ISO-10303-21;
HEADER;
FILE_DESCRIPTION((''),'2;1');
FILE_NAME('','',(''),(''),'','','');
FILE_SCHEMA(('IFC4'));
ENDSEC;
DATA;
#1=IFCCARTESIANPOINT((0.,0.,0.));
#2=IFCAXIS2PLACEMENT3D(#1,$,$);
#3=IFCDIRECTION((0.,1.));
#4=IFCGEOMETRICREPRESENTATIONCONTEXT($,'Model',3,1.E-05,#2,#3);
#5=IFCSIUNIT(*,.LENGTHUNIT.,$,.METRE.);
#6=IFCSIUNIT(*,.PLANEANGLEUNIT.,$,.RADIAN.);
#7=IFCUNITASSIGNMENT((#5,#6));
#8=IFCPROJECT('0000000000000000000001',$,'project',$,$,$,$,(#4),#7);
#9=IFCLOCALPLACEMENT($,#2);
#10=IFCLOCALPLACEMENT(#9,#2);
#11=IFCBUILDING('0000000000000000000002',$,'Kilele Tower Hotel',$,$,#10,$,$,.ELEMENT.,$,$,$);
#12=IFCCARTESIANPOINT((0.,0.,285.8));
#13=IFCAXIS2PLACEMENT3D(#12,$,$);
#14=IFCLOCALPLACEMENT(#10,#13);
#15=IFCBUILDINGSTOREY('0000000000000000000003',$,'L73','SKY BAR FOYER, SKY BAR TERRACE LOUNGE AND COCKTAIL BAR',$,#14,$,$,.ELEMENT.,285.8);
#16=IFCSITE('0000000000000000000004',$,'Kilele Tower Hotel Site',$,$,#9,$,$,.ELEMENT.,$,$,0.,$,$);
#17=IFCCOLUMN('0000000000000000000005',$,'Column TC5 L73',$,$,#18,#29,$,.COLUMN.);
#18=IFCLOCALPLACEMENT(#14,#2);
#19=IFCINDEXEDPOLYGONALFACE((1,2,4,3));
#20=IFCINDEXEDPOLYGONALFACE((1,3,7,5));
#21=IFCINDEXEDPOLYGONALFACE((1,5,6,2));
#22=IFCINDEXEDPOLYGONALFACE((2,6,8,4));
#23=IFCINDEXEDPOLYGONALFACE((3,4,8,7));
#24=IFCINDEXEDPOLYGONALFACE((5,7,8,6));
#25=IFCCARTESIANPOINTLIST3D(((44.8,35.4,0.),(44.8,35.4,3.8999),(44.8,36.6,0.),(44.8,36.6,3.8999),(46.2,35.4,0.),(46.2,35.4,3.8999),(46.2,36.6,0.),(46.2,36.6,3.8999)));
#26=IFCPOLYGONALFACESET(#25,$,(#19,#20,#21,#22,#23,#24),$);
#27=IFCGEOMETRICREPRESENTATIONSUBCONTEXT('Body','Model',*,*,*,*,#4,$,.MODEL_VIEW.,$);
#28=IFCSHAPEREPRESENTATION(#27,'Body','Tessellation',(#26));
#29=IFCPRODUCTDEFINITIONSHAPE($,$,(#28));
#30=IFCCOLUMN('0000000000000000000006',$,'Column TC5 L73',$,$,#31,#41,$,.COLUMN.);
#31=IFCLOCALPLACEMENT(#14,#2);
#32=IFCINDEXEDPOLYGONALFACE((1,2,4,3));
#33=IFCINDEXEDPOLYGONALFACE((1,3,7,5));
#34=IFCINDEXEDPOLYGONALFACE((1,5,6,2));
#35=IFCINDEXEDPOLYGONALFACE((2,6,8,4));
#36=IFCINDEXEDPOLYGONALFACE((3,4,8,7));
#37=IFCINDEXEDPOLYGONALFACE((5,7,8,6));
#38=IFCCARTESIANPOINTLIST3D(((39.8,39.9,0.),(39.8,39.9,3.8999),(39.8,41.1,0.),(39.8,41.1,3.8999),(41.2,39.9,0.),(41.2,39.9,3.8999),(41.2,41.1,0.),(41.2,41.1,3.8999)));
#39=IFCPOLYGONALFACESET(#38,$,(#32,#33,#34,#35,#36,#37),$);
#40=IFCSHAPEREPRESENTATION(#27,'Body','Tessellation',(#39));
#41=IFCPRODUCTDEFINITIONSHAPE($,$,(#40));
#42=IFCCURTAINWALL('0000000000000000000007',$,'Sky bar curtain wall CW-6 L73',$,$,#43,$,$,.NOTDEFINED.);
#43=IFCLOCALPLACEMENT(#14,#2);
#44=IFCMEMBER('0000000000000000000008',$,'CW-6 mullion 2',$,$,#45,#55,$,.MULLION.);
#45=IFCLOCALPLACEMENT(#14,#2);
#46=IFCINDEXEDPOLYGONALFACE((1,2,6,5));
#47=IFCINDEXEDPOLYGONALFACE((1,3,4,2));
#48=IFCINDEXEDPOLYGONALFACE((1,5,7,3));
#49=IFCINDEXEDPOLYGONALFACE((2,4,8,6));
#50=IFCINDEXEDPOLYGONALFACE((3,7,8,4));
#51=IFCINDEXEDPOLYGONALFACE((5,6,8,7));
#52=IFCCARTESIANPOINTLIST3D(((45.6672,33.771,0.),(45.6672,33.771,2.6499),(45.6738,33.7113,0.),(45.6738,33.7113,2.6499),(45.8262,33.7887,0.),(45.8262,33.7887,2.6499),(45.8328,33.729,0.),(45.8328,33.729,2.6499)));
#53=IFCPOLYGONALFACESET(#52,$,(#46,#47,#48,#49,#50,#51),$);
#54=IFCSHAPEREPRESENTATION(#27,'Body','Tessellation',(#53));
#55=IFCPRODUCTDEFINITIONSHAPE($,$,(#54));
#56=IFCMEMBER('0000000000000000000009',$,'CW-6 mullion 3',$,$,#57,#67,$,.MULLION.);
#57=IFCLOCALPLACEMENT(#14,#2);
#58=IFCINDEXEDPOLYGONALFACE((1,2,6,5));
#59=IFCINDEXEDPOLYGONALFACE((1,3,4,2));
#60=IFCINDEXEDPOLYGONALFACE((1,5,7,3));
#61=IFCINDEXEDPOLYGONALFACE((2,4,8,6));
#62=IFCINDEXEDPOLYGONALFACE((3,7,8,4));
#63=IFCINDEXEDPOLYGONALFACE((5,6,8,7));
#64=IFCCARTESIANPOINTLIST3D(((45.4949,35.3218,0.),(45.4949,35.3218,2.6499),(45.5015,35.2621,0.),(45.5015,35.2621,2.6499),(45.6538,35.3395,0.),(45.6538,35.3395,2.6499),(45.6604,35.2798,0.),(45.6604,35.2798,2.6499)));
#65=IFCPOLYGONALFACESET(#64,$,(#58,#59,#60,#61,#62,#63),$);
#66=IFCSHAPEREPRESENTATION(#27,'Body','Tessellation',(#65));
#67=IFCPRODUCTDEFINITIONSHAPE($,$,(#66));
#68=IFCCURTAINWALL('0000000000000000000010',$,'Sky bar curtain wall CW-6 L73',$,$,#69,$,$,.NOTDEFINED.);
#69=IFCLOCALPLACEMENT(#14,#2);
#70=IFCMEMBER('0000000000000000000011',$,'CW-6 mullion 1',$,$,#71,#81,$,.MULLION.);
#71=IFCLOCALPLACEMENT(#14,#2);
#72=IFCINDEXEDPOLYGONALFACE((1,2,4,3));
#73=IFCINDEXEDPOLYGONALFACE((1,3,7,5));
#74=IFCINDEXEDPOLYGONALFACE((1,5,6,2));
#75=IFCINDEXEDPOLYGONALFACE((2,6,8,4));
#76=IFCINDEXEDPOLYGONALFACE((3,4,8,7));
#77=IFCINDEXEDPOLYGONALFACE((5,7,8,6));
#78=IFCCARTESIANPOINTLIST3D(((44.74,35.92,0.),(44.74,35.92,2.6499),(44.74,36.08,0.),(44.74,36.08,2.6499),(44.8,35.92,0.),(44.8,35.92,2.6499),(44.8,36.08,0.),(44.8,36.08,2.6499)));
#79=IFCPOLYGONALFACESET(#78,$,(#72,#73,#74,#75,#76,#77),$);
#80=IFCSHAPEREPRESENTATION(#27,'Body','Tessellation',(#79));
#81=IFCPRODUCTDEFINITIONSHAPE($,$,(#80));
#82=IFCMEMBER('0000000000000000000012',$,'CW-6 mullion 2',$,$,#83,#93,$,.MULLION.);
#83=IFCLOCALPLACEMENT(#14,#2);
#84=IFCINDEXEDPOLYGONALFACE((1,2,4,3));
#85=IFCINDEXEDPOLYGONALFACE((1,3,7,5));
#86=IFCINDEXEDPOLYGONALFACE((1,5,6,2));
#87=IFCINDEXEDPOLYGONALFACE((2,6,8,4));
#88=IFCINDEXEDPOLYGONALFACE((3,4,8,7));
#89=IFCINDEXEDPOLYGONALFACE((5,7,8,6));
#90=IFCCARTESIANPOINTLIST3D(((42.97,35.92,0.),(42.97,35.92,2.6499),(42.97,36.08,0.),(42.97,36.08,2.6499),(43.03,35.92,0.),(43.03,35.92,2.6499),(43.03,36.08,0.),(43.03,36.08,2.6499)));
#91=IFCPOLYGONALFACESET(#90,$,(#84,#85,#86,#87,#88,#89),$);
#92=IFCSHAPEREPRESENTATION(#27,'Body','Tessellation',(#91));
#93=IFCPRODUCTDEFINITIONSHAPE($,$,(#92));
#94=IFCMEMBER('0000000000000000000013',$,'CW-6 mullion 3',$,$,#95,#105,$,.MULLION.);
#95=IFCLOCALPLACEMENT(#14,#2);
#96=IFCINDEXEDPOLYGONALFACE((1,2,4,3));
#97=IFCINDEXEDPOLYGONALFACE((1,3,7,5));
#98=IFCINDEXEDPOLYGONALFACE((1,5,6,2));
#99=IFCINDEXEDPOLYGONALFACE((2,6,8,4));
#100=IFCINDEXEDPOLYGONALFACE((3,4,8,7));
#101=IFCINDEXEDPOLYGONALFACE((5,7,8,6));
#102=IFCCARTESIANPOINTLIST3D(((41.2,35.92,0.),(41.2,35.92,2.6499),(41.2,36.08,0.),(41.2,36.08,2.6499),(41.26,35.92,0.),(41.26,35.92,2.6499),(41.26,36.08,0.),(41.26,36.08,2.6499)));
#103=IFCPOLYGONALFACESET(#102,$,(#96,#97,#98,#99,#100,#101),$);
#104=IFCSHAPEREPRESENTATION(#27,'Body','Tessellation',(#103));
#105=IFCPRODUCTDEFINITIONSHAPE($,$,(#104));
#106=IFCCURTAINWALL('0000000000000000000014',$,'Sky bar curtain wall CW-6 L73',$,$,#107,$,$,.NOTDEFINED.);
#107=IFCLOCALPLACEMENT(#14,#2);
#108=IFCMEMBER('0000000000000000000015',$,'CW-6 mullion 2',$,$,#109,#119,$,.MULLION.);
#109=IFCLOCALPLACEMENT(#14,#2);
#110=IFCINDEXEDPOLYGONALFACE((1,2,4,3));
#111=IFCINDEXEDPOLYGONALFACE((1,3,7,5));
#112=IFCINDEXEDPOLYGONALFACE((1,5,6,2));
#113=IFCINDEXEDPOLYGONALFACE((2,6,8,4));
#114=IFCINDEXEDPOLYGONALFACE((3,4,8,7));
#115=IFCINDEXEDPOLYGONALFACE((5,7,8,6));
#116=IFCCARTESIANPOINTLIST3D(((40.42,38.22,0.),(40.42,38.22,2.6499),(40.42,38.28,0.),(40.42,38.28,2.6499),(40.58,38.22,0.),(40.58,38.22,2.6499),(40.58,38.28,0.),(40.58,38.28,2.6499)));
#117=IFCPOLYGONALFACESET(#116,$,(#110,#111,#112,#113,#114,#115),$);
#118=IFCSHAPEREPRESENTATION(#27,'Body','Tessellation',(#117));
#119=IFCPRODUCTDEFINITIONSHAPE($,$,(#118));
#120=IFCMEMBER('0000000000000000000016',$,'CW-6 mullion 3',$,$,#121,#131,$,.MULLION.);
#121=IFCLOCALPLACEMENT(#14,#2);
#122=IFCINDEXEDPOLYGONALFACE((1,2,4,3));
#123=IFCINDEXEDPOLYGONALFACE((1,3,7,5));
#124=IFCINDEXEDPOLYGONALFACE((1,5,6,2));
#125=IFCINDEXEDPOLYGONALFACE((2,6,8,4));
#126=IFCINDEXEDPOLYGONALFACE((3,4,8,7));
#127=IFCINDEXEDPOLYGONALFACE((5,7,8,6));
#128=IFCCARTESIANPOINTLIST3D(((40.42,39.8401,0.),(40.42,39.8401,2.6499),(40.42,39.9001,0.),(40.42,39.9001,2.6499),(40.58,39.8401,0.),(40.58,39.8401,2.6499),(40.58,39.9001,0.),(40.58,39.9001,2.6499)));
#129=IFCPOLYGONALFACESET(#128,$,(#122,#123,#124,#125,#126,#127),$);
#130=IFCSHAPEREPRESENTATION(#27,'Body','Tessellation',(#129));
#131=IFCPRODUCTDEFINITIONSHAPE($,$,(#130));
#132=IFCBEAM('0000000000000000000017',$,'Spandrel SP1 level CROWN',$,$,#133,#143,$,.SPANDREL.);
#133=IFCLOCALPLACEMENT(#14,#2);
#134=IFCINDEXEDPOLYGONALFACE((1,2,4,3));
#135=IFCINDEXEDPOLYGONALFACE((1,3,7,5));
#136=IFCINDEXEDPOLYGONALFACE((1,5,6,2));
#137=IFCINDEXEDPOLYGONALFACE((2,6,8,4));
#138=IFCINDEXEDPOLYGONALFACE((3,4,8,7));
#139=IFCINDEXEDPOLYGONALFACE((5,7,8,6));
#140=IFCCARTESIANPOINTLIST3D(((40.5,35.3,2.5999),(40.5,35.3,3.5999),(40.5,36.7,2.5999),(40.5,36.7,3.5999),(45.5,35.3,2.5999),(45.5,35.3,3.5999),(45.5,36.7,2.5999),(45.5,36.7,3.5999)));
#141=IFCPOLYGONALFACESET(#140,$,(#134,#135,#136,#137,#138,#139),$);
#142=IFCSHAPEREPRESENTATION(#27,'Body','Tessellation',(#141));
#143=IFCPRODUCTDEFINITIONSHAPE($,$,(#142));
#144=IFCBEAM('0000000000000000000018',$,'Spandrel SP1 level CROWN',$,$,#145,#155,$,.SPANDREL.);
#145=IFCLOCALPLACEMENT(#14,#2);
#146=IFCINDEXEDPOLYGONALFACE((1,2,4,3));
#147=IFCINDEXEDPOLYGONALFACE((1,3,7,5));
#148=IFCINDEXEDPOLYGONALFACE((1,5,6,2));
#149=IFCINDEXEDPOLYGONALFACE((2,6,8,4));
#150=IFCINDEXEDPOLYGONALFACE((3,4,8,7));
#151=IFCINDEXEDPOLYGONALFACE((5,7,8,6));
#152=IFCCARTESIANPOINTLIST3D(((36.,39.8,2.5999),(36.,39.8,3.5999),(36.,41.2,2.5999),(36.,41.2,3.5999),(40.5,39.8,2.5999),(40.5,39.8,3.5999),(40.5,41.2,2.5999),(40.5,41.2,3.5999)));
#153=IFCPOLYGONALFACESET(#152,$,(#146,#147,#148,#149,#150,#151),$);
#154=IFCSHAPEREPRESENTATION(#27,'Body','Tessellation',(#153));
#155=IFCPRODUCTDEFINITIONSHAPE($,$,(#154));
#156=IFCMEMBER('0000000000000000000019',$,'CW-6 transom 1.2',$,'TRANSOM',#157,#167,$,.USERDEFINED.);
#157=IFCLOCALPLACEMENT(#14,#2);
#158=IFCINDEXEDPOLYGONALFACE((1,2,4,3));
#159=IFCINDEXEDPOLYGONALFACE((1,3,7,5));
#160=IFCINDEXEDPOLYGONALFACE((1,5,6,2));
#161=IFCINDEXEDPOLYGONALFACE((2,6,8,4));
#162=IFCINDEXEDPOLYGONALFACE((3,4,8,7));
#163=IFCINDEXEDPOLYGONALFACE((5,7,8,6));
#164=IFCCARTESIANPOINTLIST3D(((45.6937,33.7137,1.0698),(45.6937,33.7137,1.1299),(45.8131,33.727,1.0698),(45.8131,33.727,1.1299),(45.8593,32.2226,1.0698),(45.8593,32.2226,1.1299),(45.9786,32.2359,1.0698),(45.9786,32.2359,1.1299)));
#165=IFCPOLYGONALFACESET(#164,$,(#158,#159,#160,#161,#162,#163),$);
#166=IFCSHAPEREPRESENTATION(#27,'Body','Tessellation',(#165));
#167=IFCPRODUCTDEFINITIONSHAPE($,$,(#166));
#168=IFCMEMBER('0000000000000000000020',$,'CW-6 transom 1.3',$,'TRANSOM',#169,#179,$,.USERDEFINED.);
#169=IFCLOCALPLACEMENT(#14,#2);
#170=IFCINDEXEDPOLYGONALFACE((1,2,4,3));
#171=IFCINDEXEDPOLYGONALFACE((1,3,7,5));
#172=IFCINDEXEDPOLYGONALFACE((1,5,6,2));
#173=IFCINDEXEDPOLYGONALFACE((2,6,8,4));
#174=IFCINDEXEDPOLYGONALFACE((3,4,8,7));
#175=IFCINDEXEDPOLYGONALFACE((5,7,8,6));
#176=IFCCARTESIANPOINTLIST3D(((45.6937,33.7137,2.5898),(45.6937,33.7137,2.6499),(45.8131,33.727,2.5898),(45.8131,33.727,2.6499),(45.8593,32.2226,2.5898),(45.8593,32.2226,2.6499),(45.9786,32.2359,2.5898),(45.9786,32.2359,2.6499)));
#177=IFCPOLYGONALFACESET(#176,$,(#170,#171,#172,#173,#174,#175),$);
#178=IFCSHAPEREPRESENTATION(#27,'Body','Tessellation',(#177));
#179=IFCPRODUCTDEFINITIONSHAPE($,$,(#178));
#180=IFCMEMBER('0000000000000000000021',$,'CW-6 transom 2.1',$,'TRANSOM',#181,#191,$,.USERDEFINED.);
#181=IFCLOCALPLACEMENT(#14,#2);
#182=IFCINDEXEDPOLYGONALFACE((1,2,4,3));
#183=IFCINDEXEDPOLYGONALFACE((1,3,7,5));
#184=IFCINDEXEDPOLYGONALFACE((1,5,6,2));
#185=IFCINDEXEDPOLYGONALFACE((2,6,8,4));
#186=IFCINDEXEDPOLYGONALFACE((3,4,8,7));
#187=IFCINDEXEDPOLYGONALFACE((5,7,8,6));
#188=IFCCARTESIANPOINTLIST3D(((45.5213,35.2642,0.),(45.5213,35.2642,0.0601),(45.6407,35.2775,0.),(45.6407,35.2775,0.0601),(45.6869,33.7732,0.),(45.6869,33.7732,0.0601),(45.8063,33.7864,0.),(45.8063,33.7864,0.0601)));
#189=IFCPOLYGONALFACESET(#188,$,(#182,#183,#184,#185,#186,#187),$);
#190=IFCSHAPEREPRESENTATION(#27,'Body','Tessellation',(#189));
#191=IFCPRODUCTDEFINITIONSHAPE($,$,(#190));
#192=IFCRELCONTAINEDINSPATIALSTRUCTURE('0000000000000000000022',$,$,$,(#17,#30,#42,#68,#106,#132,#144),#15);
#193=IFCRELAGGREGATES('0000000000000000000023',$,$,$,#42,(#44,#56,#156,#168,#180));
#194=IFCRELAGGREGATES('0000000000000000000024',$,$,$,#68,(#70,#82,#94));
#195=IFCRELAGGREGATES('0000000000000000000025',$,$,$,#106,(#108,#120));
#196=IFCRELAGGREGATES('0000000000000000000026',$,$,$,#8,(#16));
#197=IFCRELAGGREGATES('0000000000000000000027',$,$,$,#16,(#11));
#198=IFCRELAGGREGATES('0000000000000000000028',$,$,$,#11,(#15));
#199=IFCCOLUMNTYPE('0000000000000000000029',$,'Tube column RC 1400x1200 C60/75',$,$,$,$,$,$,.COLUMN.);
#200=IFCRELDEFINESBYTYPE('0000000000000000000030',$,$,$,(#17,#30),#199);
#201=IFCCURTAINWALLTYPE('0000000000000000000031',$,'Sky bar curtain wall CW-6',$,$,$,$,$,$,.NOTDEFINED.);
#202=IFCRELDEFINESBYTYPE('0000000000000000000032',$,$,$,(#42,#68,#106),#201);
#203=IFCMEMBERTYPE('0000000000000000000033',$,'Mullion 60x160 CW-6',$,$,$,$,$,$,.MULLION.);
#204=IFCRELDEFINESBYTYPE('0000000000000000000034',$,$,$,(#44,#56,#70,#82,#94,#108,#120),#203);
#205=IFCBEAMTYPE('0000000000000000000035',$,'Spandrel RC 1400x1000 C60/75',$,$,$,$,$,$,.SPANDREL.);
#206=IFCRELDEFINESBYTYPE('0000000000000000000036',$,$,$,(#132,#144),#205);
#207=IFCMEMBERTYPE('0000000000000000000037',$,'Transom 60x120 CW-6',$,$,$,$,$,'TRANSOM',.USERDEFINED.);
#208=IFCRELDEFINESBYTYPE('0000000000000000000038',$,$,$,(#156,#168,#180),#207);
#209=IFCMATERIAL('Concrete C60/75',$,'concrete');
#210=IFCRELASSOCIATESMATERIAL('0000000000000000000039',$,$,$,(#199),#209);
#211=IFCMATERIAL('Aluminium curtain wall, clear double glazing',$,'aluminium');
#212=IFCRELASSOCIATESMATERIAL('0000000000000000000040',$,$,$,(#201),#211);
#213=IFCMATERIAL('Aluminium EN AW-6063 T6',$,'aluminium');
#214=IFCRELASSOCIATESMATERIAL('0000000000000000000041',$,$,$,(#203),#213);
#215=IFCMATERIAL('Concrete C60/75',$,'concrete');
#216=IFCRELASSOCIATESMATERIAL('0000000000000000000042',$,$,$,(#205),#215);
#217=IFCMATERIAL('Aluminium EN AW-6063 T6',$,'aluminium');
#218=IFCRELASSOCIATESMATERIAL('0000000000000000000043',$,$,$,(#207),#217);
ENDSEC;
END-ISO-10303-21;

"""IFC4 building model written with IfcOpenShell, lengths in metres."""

from ifc_helpers import new_model, si_unit, direction, frame, origin, origin_2d, place, context, subcontext, project, spatial, rectangle, extrude, material, material_profile, profile_set, type_object, element, aggregate, save


model = new_model("IFC4")

# Units and contexts
model_context = context("Model", 3, precision=1e-05, world=origin(), true_north=direction((0.0, 1.0)))
body_context = subcontext(model_context, "Body", "Model", "MODEL_VIEW")
ifc_project = project(units=[si_unit("LENGTHUNIT", "METRE"), si_unit("PLANEANGLEUNIT", "RADIAN")], contexts=[model_context])

# Site, building, storey
site_placement = place(None, origin())
site = spatial("IfcSite", under=ifc_project, at=site_placement, Name="Kilele Tower Hotel Site", CompositionType="ELEMENT", RefElevation=0.0)
building_placement = place(site_placement, origin())
building = spatial("IfcBuilding", under=site, at=building_placement, Name="Kilele Tower Hotel", CompositionType="ELEMENT")
storey_placement = place(building_placement, frame((0.0, 0.0, 285.8)))
storey = spatial("IfcBuildingStorey", under=building, at=storey_placement, Name="L73", Description="SKY BAR FOYER, SKY BAR TERRACE LOUNGE AND COCKTAIL BAR", CompositionType="ELEMENT", Elevation=285.8)

# Columns
ifc_material_1 = material(Name="Concrete C60/75", Category="concrete")
ifc_material_profile_1 = material_profile(ifc_material_1, rectangle(XDim=1.3999, YDim=1.2, at=origin_2d()))
ifc_profile_set_1 = profile_set([ifc_material_profile_1], Name="Concrete C60/75")
column_type = type_object("IfcColumnType", Name="Tube column RC 1400x1200 C60/75", PredefinedType="COLUMN", material=ifc_profile_set_1)
for number, where, z_axis, x_axis, name in (
    (1, (45.5, 36.0, 0.0), (0.0, 0.0, 1.0), (1.0, 0.0, 0.0), "Column TC5 L73"),
    (2, (40.5, 40.5, 0.0), (0.0, 0.0, 1.0), (1.0, 0.0, 0.0), "Column TC5 L73"),
):
    element("IfcColumn", number, at=place(storey_placement, frame(where, z_axis=z_axis, x_axis=x_axis)), inside=storey, type_object=column_type, Name=name, PredefinedType="COLUMN", context=body_context, shape_type="SweptSolid", body=[
        extrude(rectangle(XDim=1.3999, YDim=1.2, at=origin_2d()), origin(), (0.0, 0.0, 1.0), 3.8999),
    ])

# Curtain walls, members
ifc_material_2 = material(Name="Aluminium curtain wall, clear double glazing", Category="aluminium")
curtain_wall_type = type_object("IfcCurtainWallType", Name="Sky bar curtain wall CW-6", PredefinedType="NOTDEFINED", material=ifc_material_2)
curtain_wall_1_placement = place(storey_placement, origin())
curtain_wall_1 = element("IfcCurtainWall", 3, at=curtain_wall_1_placement, inside=storey, type_object=curtain_wall_type, Name="Sky bar curtain wall CW-6 L73", PredefinedType="NOTDEFINED")
ifc_material_3 = material(Name="Aluminium EN AW-6063 T6", Category="aluminium")
ifc_material_profile_2 = material_profile(ifc_material_3, rectangle(XDim=0.1599, YDim=0.0601, at=origin_2d()))
ifc_profile_set_2 = profile_set([ifc_material_profile_2], Name="Aluminium EN AW-6063 T6")
member_type_1 = type_object("IfcMemberType", Name="Mullion 60x160 CW-6", PredefinedType="MULLION", material=ifc_profile_set_2)
member_1_placement = place(storey_placement, frame((45.75, 33.75, 0.0), z_axis=(0.0, 0.0, 1.0), x_axis=(-0.993884, -0.110432, 0.0)))
member_1 = element("IfcMember", 4, at=member_1_placement, type_object=member_type_1, Name="CW-6 mullion 2", PredefinedType="MULLION", context=body_context, shape_type="SweptSolid", body=[
    extrude(rectangle(XDim=0.1599, YDim=0.0601, at=origin_2d()), origin(), (0.0, 0.0, 1.0), 2.6499),
])
member_2_placement = place(storey_placement, frame((45.5776, 35.3008, 0.0), z_axis=(0.0, 0.0, 1.0), x_axis=(-0.993884, -0.110432, 0.0)))
member_2 = element("IfcMember", 5, at=member_2_placement, type_object=member_type_1, Name="CW-6 mullion 3", PredefinedType="MULLION", context=body_context, shape_type="SweptSolid", body=[
    extrude(rectangle(XDim=0.1599, YDim=0.0601, at=origin_2d()), origin(), (0.0, 0.0, 1.0), 2.6499),
])
curtain_wall_2_placement = place(storey_placement, origin())
curtain_wall_2 = element("IfcCurtainWall", 6, at=curtain_wall_2_placement, inside=storey, type_object=curtain_wall_type, Name="Sky bar curtain wall CW-6 L73", PredefinedType="NOTDEFINED")
member_3_placement = place(storey_placement, frame((44.77, 36.0, 0.0), z_axis=(0.0, 0.0, 1.0), x_axis=(0.0, -1.0, 0.0)))
member_3 = element("IfcMember", 7, at=member_3_placement, type_object=member_type_1, Name="CW-6 mullion 1", PredefinedType="MULLION", context=body_context, shape_type="SweptSolid", body=[
    extrude(rectangle(XDim=0.1599, YDim=0.0601, at=origin_2d()), origin(), (0.0, 0.0, 1.0), 2.6499),
])
member_4_placement = place(storey_placement, frame((43.0, 36.0, 0.0), z_axis=(0.0, 0.0, 1.0), x_axis=(0.0, -1.0, 0.0)))
member_4 = element("IfcMember", 8, at=member_4_placement, type_object=member_type_1, Name="CW-6 mullion 2", PredefinedType="MULLION", context=body_context, shape_type="SweptSolid", body=[
    extrude(rectangle(XDim=0.1599, YDim=0.0601, at=origin_2d()), origin(), (0.0, 0.0, 1.0), 2.6499),
])
member_5_placement = place(storey_placement, frame((41.23, 36.0, 0.0), z_axis=(0.0, 0.0, 1.0), x_axis=(0.0, -1.0, 0.0)))
member_5 = element("IfcMember", 9, at=member_5_placement, type_object=member_type_1, Name="CW-6 mullion 3", PredefinedType="MULLION", context=body_context, shape_type="SweptSolid", body=[
    extrude(rectangle(XDim=0.1599, YDim=0.0601, at=origin_2d()), origin(), (0.0, 0.0, 1.0), 2.6499),
])
curtain_wall_3_placement = place(storey_placement, origin())
curtain_wall_3 = element("IfcCurtainWall", 10, at=curtain_wall_3_placement, inside=storey, type_object=curtain_wall_type, Name="Sky bar curtain wall CW-6 L73", PredefinedType="NOTDEFINED")
member_6_placement = place(storey_placement, frame((40.5, 38.25, 0.0), z_axis=(0.0, 0.0, 1.0), x_axis=(-1.0, 0.0, 0.0)))
member_6 = element("IfcMember", 11, at=member_6_placement, type_object=member_type_1, Name="CW-6 mullion 2", PredefinedType="MULLION", context=body_context, shape_type="SweptSolid", body=[
    extrude(rectangle(XDim=0.1599, YDim=0.0601, at=origin_2d()), origin(), (0.0, 0.0, 1.0), 2.6499),
])
member_7_placement = place(storey_placement, frame((40.5, 39.8701, 0.0), z_axis=(0.0, 0.0, 1.0), x_axis=(-1.0, 0.0, 0.0)))
member_7 = element("IfcMember", 12, at=member_7_placement, type_object=member_type_1, Name="CW-6 mullion 3", PredefinedType="MULLION", context=body_context, shape_type="SweptSolid", body=[
    extrude(rectangle(XDim=0.1599, YDim=0.0601, at=origin_2d()), origin(), (0.0, 0.0, 1.0), 2.6499),
])

# Beams
ifc_material_4 = material(Name="Concrete C60/75", Category="concrete")
ifc_material_profile_3 = material_profile(ifc_material_4, rectangle(XDim=1.3999, YDim=1.0, at=origin_2d()))
ifc_profile_set_3 = profile_set([ifc_material_profile_3], Name="Concrete C60/75")
beam_type = type_object("IfcBeamType", Name="Spandrel RC 1400x1000 C60/75", PredefinedType="SPANDREL", material=ifc_profile_set_3)
beam_1_placement = place(storey_placement, frame((45.5, 36.0, 3.0999), z_axis=(-1.0, 0.0, 0.0), x_axis=(0.0, -1.0, 0.0)))
element("IfcBeam", 13, at=beam_1_placement, inside=storey, type_object=beam_type, Name="Spandrel SP1 level CROWN", PredefinedType="SPANDREL", context=body_context, shape_type="SweptSolid", body=[
    extrude(rectangle(XDim=1.3999, YDim=1.0, at=origin_2d()), origin(), (0.0, 0.0, 1.0), 5.0),
])
beam_2_placement = place(storey_placement, frame((40.5, 40.5, 3.0999), z_axis=(-1.0, 0.0, 0.0), x_axis=(0.0, -1.0, 0.0)))
element("IfcBeam", 14, at=beam_2_placement, inside=storey, type_object=beam_type, Name="Spandrel SP1 level CROWN", PredefinedType="SPANDREL", context=body_context, shape_type="SweptSolid", body=[
    extrude(rectangle(XDim=1.3999, YDim=1.0, at=origin_2d()), origin(), (0.0, 0.0, 1.0), 4.5),
])

# Members
ifc_material_5 = material(Name="Aluminium EN AW-6063 T6", Category="aluminium")
ifc_material_profile_4 = material_profile(ifc_material_5, rectangle(XDim=0.1201, YDim=0.0601, at=origin_2d()))
ifc_profile_set_4 = profile_set([ifc_material_profile_4], Name="Aluminium EN AW-6063 T6")
member_type_2 = type_object("IfcMemberType", Name="Transom 60x120 CW-6", ElementType="TRANSOM", PredefinedType="USERDEFINED", material=ifc_profile_set_4)
member_8_placement = place(storey_placement, frame((45.9189, 32.2292, 1.0999), z_axis=(-0.110342, 0.993894, 0.0), x_axis=(-0.993894, -0.110342, 0.0)))
member_8 = element("IfcMember", 15, at=member_8_placement, type_object=member_type_2, Name="CW-6 transom 1.2", ObjectType="TRANSOM", PredefinedType="USERDEFINED", context=body_context, shape_type="SweptSolid", body=[
    extrude(rectangle(XDim=0.1201, YDim=0.0601, at=origin_2d()), origin(), (0.0, 0.0, 1.0), 1.5002),
])
member_9_placement = place(storey_placement, frame((45.9189, 32.2292, 2.6199), z_axis=(-0.110342, 0.993894, 0.0), x_axis=(-0.993894, -0.110342, 0.0)))
member_9 = element("IfcMember", 16, at=member_9_placement, type_object=member_type_2, Name="CW-6 transom 1.3", ObjectType="TRANSOM", PredefinedType="USERDEFINED", context=body_context, shape_type="SweptSolid", body=[
    extrude(rectangle(XDim=0.1201, YDim=0.0601, at=origin_2d()), origin(), (0.0, 0.0, 1.0), 1.5002),
])
member_10_placement = place(storey_placement, frame((45.7466, 33.7798, 0.03), z_axis=(-0.110342, 0.993894, 0.0), x_axis=(-0.993894, -0.110342, 0.0)))
member_10 = element("IfcMember", 17, at=member_10_placement, type_object=member_type_2, Name="CW-6 transom 2.1", ObjectType="TRANSOM", PredefinedType="USERDEFINED", context=body_context, shape_type="SweptSolid", body=[
    extrude(rectangle(XDim=0.1201, YDim=0.0601, at=origin_2d()), origin(), (0.0, 0.0, 1.0), 1.5002),
])

aggregate(curtain_wall_1, [member_1, member_2, member_8, member_9, member_10])
aggregate(curtain_wall_2, [member_3, member_4, member_5])
aggregate(curtain_wall_3, [member_6, member_7])

save(model, "model.ifc")
